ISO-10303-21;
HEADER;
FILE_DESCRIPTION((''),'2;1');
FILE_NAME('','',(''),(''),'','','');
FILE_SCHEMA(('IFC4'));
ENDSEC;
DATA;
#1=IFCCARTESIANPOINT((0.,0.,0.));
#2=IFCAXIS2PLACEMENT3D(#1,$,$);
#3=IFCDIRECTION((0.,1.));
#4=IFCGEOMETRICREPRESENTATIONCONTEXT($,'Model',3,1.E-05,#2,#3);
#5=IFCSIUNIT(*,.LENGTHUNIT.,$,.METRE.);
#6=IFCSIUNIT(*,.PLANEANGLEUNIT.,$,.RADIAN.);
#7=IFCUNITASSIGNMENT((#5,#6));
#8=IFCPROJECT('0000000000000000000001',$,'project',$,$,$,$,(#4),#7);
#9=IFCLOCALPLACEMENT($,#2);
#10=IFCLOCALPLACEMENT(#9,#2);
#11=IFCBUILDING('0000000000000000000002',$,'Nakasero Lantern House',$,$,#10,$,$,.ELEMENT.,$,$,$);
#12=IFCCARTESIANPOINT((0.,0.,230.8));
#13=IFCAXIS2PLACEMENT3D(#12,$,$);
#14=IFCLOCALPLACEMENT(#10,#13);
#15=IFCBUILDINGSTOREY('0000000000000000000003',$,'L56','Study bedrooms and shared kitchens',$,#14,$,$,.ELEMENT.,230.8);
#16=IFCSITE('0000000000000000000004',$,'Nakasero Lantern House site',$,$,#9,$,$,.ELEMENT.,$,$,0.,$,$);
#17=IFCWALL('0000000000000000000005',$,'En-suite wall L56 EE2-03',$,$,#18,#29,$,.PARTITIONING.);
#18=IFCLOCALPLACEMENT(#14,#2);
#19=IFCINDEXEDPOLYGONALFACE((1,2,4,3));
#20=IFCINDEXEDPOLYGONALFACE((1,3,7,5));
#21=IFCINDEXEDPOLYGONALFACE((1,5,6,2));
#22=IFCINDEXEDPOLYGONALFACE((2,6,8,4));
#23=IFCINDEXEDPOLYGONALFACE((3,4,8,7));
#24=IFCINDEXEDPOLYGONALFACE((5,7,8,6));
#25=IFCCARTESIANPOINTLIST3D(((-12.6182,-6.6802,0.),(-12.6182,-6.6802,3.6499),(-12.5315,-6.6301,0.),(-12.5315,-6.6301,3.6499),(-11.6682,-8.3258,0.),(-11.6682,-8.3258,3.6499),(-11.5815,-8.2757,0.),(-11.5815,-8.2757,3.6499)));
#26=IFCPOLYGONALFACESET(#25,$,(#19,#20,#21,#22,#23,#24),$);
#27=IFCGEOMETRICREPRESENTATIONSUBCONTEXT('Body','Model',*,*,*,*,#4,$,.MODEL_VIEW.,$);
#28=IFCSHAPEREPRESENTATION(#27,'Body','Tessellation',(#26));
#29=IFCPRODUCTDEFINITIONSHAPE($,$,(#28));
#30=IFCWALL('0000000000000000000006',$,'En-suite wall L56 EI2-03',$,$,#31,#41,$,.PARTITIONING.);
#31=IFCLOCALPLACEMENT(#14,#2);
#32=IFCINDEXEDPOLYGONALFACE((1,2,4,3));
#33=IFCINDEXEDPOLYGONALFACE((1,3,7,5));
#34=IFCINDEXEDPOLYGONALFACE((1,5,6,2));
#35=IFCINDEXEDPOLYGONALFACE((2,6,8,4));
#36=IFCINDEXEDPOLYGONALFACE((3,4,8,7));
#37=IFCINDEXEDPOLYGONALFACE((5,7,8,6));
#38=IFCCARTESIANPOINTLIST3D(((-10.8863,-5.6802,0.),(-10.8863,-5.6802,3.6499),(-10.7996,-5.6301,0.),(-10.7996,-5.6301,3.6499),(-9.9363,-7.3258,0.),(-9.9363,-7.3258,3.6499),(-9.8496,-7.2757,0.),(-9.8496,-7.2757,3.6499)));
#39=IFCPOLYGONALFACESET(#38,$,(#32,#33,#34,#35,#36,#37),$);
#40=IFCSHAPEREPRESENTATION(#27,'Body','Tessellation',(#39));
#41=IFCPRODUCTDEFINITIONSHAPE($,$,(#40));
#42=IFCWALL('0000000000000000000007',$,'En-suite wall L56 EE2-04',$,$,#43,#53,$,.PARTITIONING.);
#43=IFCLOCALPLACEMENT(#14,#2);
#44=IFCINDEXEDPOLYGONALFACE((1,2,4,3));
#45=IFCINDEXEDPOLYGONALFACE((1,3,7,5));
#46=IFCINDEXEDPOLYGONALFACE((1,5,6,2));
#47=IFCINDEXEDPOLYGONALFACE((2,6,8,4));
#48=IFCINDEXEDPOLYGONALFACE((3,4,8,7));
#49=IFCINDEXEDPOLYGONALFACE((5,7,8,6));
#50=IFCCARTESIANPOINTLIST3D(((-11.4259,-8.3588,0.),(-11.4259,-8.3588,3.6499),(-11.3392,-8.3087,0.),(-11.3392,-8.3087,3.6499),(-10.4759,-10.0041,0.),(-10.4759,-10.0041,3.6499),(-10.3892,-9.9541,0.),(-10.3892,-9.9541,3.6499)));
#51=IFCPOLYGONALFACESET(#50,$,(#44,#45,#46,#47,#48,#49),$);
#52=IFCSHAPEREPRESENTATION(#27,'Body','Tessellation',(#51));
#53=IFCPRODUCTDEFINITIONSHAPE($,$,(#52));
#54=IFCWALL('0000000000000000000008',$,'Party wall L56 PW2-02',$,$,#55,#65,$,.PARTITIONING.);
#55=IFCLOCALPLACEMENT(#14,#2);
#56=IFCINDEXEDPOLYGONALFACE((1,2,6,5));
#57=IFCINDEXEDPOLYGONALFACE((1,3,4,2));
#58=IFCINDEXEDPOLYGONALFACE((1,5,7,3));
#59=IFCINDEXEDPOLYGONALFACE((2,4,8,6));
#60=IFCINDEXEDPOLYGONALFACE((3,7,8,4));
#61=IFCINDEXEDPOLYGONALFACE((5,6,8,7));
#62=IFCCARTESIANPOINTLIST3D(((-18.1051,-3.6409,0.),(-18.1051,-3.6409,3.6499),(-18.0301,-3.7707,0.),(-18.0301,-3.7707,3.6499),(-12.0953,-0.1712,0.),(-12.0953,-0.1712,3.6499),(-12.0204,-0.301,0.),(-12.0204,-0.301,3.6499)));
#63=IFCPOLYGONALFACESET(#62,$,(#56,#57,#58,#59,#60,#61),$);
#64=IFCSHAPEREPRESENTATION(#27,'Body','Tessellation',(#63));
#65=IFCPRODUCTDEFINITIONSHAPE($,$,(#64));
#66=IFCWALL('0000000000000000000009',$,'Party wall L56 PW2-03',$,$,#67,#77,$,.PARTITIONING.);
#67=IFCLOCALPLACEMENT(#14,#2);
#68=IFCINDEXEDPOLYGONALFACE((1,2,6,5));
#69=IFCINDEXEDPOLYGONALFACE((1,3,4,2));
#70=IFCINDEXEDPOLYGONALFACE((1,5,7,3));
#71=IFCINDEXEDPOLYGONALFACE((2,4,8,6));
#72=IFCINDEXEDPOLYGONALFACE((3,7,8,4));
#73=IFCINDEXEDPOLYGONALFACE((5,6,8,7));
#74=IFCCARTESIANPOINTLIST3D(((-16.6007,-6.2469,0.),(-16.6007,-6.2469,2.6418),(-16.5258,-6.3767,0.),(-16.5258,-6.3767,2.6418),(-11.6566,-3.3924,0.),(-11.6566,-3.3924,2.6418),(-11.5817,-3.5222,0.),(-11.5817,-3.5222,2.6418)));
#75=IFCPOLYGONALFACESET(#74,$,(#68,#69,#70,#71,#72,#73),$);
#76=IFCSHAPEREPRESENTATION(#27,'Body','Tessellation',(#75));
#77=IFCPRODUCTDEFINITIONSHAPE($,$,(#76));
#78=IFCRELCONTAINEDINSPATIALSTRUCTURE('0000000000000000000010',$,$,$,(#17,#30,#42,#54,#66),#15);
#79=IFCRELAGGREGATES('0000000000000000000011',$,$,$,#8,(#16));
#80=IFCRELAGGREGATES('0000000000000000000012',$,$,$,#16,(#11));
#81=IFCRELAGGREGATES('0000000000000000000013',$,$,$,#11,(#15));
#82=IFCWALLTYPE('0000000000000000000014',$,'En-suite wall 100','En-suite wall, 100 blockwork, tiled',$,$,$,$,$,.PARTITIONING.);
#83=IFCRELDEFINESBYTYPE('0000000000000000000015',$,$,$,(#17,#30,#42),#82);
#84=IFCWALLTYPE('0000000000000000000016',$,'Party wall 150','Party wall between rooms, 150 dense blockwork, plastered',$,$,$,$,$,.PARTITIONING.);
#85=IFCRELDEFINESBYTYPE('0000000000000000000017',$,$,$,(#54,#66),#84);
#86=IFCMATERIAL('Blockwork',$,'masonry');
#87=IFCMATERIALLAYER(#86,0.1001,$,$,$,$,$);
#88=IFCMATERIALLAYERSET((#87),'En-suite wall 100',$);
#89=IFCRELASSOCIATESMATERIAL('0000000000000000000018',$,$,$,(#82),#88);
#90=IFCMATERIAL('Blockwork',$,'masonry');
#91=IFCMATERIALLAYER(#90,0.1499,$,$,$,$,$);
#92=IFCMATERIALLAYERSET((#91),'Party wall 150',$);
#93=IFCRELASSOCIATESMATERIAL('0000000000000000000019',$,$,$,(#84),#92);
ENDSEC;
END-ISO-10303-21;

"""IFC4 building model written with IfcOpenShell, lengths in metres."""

from ifc_helpers import new_model, si_unit, direction, frame, frame_2d, origin, place, context, subcontext, project, spatial, rectangle, extrude, material, layer, layer_set, type_object, element, save


model = new_model("IFC4")

# Units and contexts
model_context = context("Model", 3, precision=1e-05, world=origin(), true_north=direction((0.0, 1.0)))
body_context = subcontext(model_context, "Body", "Model", "MODEL_VIEW")
ifc_project = project(units=[si_unit("LENGTHUNIT", "METRE"), si_unit("PLANEANGLEUNIT", "RADIAN")], contexts=[model_context])

# Site, building, storey
site_placement = place(None, origin())
site = spatial("IfcSite", under=ifc_project, at=site_placement, Name="Nakasero Lantern House site", CompositionType="ELEMENT", RefElevation=0.0)
building_placement = place(site_placement, origin())
building = spatial("IfcBuilding", under=site, at=building_placement, Name="Nakasero Lantern House", CompositionType="ELEMENT")
storey_placement = place(building_placement, frame((0.0, 0.0, 230.8)))
storey = spatial("IfcBuildingStorey", under=building, at=storey_placement, Name="L56", Description="Study bedrooms and shared kitchens", CompositionType="ELEMENT", Elevation=230.8)

# Walls
ifc_material_1 = material(Name="Blockwork", Category="masonry")
ifc_layer_1 = layer(ifc_material_1, 0.1001)
ifc_layer_set_1 = layer_set([ifc_layer_1], Name="En-suite wall 100")
wall_type_1 = type_object("IfcWallType", Name="En-suite wall 100", Description="En-suite wall, 100 blockwork, tiled", PredefinedType="PARTITIONING", material=ifc_layer_set_1)
for number, where, z_axis, x_axis, name in (
    (1, (-12.575, -6.655, 0.0), (0.0, 0.0, 1.0), (0.499967, -0.866044, 0.0), "En-suite wall L56 EE2-03"),
    (2, (-10.843, -5.655, 0.0), (0.0, 0.0, 1.0), (0.499967, -0.866044, 0.0), "En-suite wall L56 EI2-03"),
):
    element("IfcWall", number, at=place(storey_placement, frame(where, z_axis=z_axis, x_axis=x_axis)), inside=storey, type_object=wall_type_1, Name=name, PredefinedType="PARTITIONING", context=body_context, shape_type="SweptSolid", body=[
        extrude(rectangle(XDim=1.9001, YDim=0.1001, at=frame_2d((0.9502, 0.0))), origin(), (0.0, 0.0, 1.0), 3.6499),
    ])
wall_1_placement = place(storey_placement, frame((-11.3826, -8.3337, 0.0), z_axis=(0.0, 0.0, 1.0), x_axis=(0.500023, -0.866012, 0.0)))
element("IfcWall", 3, at=wall_1_placement, inside=storey, type_object=wall_type_1, Name="En-suite wall L56 EE2-04", PredefinedType="PARTITIONING", context=body_context, shape_type="SweptSolid", body=[
    extrude(rectangle(XDim=1.8999, YDim=0.1001, at=frame_2d((0.95, 0.0))), origin(), (0.0, 0.0, 1.0), 3.6499),
])
ifc_material_2 = material(Name="Blockwork", Category="masonry")
ifc_layer_2 = layer(ifc_material_2, 0.1499)
ifc_layer_set_2 = layer_set([ifc_layer_2], Name="Party wall 150")
wall_type_2 = type_object("IfcWallType", Name="Party wall 150", Description="Party wall between rooms, 150 dense blockwork, plastered", PredefinedType="PARTITIONING", material=ifc_layer_set_2)
wall_2_placement = place(storey_placement, frame((-12.0579, -0.2361, 0.0), z_axis=(0.0, 0.0, 1.0), x_axis=(-0.866026, -0.499999, 0.0)))
element("IfcWall", 4, at=wall_2_placement, inside=storey, type_object=wall_type_2, Name="Party wall L56 PW2-02", PredefinedType="PARTITIONING", context=body_context, shape_type="SweptSolid", body=[
    extrude(rectangle(XDim=6.9395, YDim=0.1499, at=frame_2d((3.4697, 0.0))), origin(), (0.0, 0.0, 1.0), 3.6499),
])
wall_3_placement = place(storey_placement, frame((-11.6191, -3.4573, 0.0), z_axis=(0.0, 0.0, 1.0), x_axis=(-0.866024, -0.500003, 0.0)))
element("IfcWall", 5, at=wall_3_placement, inside=storey, type_object=wall_type_2, Name="Party wall L56 PW2-03", PredefinedType="PARTITIONING", context=body_context, shape_type="SweptSolid", body=[
    extrude(rectangle(XDim=5.709, YDim=0.1499, at=frame_2d((2.8545, 0.0))), origin(), (0.0, 0.0, 1.0), 2.6418),
])

save(model, "model.ifc")
